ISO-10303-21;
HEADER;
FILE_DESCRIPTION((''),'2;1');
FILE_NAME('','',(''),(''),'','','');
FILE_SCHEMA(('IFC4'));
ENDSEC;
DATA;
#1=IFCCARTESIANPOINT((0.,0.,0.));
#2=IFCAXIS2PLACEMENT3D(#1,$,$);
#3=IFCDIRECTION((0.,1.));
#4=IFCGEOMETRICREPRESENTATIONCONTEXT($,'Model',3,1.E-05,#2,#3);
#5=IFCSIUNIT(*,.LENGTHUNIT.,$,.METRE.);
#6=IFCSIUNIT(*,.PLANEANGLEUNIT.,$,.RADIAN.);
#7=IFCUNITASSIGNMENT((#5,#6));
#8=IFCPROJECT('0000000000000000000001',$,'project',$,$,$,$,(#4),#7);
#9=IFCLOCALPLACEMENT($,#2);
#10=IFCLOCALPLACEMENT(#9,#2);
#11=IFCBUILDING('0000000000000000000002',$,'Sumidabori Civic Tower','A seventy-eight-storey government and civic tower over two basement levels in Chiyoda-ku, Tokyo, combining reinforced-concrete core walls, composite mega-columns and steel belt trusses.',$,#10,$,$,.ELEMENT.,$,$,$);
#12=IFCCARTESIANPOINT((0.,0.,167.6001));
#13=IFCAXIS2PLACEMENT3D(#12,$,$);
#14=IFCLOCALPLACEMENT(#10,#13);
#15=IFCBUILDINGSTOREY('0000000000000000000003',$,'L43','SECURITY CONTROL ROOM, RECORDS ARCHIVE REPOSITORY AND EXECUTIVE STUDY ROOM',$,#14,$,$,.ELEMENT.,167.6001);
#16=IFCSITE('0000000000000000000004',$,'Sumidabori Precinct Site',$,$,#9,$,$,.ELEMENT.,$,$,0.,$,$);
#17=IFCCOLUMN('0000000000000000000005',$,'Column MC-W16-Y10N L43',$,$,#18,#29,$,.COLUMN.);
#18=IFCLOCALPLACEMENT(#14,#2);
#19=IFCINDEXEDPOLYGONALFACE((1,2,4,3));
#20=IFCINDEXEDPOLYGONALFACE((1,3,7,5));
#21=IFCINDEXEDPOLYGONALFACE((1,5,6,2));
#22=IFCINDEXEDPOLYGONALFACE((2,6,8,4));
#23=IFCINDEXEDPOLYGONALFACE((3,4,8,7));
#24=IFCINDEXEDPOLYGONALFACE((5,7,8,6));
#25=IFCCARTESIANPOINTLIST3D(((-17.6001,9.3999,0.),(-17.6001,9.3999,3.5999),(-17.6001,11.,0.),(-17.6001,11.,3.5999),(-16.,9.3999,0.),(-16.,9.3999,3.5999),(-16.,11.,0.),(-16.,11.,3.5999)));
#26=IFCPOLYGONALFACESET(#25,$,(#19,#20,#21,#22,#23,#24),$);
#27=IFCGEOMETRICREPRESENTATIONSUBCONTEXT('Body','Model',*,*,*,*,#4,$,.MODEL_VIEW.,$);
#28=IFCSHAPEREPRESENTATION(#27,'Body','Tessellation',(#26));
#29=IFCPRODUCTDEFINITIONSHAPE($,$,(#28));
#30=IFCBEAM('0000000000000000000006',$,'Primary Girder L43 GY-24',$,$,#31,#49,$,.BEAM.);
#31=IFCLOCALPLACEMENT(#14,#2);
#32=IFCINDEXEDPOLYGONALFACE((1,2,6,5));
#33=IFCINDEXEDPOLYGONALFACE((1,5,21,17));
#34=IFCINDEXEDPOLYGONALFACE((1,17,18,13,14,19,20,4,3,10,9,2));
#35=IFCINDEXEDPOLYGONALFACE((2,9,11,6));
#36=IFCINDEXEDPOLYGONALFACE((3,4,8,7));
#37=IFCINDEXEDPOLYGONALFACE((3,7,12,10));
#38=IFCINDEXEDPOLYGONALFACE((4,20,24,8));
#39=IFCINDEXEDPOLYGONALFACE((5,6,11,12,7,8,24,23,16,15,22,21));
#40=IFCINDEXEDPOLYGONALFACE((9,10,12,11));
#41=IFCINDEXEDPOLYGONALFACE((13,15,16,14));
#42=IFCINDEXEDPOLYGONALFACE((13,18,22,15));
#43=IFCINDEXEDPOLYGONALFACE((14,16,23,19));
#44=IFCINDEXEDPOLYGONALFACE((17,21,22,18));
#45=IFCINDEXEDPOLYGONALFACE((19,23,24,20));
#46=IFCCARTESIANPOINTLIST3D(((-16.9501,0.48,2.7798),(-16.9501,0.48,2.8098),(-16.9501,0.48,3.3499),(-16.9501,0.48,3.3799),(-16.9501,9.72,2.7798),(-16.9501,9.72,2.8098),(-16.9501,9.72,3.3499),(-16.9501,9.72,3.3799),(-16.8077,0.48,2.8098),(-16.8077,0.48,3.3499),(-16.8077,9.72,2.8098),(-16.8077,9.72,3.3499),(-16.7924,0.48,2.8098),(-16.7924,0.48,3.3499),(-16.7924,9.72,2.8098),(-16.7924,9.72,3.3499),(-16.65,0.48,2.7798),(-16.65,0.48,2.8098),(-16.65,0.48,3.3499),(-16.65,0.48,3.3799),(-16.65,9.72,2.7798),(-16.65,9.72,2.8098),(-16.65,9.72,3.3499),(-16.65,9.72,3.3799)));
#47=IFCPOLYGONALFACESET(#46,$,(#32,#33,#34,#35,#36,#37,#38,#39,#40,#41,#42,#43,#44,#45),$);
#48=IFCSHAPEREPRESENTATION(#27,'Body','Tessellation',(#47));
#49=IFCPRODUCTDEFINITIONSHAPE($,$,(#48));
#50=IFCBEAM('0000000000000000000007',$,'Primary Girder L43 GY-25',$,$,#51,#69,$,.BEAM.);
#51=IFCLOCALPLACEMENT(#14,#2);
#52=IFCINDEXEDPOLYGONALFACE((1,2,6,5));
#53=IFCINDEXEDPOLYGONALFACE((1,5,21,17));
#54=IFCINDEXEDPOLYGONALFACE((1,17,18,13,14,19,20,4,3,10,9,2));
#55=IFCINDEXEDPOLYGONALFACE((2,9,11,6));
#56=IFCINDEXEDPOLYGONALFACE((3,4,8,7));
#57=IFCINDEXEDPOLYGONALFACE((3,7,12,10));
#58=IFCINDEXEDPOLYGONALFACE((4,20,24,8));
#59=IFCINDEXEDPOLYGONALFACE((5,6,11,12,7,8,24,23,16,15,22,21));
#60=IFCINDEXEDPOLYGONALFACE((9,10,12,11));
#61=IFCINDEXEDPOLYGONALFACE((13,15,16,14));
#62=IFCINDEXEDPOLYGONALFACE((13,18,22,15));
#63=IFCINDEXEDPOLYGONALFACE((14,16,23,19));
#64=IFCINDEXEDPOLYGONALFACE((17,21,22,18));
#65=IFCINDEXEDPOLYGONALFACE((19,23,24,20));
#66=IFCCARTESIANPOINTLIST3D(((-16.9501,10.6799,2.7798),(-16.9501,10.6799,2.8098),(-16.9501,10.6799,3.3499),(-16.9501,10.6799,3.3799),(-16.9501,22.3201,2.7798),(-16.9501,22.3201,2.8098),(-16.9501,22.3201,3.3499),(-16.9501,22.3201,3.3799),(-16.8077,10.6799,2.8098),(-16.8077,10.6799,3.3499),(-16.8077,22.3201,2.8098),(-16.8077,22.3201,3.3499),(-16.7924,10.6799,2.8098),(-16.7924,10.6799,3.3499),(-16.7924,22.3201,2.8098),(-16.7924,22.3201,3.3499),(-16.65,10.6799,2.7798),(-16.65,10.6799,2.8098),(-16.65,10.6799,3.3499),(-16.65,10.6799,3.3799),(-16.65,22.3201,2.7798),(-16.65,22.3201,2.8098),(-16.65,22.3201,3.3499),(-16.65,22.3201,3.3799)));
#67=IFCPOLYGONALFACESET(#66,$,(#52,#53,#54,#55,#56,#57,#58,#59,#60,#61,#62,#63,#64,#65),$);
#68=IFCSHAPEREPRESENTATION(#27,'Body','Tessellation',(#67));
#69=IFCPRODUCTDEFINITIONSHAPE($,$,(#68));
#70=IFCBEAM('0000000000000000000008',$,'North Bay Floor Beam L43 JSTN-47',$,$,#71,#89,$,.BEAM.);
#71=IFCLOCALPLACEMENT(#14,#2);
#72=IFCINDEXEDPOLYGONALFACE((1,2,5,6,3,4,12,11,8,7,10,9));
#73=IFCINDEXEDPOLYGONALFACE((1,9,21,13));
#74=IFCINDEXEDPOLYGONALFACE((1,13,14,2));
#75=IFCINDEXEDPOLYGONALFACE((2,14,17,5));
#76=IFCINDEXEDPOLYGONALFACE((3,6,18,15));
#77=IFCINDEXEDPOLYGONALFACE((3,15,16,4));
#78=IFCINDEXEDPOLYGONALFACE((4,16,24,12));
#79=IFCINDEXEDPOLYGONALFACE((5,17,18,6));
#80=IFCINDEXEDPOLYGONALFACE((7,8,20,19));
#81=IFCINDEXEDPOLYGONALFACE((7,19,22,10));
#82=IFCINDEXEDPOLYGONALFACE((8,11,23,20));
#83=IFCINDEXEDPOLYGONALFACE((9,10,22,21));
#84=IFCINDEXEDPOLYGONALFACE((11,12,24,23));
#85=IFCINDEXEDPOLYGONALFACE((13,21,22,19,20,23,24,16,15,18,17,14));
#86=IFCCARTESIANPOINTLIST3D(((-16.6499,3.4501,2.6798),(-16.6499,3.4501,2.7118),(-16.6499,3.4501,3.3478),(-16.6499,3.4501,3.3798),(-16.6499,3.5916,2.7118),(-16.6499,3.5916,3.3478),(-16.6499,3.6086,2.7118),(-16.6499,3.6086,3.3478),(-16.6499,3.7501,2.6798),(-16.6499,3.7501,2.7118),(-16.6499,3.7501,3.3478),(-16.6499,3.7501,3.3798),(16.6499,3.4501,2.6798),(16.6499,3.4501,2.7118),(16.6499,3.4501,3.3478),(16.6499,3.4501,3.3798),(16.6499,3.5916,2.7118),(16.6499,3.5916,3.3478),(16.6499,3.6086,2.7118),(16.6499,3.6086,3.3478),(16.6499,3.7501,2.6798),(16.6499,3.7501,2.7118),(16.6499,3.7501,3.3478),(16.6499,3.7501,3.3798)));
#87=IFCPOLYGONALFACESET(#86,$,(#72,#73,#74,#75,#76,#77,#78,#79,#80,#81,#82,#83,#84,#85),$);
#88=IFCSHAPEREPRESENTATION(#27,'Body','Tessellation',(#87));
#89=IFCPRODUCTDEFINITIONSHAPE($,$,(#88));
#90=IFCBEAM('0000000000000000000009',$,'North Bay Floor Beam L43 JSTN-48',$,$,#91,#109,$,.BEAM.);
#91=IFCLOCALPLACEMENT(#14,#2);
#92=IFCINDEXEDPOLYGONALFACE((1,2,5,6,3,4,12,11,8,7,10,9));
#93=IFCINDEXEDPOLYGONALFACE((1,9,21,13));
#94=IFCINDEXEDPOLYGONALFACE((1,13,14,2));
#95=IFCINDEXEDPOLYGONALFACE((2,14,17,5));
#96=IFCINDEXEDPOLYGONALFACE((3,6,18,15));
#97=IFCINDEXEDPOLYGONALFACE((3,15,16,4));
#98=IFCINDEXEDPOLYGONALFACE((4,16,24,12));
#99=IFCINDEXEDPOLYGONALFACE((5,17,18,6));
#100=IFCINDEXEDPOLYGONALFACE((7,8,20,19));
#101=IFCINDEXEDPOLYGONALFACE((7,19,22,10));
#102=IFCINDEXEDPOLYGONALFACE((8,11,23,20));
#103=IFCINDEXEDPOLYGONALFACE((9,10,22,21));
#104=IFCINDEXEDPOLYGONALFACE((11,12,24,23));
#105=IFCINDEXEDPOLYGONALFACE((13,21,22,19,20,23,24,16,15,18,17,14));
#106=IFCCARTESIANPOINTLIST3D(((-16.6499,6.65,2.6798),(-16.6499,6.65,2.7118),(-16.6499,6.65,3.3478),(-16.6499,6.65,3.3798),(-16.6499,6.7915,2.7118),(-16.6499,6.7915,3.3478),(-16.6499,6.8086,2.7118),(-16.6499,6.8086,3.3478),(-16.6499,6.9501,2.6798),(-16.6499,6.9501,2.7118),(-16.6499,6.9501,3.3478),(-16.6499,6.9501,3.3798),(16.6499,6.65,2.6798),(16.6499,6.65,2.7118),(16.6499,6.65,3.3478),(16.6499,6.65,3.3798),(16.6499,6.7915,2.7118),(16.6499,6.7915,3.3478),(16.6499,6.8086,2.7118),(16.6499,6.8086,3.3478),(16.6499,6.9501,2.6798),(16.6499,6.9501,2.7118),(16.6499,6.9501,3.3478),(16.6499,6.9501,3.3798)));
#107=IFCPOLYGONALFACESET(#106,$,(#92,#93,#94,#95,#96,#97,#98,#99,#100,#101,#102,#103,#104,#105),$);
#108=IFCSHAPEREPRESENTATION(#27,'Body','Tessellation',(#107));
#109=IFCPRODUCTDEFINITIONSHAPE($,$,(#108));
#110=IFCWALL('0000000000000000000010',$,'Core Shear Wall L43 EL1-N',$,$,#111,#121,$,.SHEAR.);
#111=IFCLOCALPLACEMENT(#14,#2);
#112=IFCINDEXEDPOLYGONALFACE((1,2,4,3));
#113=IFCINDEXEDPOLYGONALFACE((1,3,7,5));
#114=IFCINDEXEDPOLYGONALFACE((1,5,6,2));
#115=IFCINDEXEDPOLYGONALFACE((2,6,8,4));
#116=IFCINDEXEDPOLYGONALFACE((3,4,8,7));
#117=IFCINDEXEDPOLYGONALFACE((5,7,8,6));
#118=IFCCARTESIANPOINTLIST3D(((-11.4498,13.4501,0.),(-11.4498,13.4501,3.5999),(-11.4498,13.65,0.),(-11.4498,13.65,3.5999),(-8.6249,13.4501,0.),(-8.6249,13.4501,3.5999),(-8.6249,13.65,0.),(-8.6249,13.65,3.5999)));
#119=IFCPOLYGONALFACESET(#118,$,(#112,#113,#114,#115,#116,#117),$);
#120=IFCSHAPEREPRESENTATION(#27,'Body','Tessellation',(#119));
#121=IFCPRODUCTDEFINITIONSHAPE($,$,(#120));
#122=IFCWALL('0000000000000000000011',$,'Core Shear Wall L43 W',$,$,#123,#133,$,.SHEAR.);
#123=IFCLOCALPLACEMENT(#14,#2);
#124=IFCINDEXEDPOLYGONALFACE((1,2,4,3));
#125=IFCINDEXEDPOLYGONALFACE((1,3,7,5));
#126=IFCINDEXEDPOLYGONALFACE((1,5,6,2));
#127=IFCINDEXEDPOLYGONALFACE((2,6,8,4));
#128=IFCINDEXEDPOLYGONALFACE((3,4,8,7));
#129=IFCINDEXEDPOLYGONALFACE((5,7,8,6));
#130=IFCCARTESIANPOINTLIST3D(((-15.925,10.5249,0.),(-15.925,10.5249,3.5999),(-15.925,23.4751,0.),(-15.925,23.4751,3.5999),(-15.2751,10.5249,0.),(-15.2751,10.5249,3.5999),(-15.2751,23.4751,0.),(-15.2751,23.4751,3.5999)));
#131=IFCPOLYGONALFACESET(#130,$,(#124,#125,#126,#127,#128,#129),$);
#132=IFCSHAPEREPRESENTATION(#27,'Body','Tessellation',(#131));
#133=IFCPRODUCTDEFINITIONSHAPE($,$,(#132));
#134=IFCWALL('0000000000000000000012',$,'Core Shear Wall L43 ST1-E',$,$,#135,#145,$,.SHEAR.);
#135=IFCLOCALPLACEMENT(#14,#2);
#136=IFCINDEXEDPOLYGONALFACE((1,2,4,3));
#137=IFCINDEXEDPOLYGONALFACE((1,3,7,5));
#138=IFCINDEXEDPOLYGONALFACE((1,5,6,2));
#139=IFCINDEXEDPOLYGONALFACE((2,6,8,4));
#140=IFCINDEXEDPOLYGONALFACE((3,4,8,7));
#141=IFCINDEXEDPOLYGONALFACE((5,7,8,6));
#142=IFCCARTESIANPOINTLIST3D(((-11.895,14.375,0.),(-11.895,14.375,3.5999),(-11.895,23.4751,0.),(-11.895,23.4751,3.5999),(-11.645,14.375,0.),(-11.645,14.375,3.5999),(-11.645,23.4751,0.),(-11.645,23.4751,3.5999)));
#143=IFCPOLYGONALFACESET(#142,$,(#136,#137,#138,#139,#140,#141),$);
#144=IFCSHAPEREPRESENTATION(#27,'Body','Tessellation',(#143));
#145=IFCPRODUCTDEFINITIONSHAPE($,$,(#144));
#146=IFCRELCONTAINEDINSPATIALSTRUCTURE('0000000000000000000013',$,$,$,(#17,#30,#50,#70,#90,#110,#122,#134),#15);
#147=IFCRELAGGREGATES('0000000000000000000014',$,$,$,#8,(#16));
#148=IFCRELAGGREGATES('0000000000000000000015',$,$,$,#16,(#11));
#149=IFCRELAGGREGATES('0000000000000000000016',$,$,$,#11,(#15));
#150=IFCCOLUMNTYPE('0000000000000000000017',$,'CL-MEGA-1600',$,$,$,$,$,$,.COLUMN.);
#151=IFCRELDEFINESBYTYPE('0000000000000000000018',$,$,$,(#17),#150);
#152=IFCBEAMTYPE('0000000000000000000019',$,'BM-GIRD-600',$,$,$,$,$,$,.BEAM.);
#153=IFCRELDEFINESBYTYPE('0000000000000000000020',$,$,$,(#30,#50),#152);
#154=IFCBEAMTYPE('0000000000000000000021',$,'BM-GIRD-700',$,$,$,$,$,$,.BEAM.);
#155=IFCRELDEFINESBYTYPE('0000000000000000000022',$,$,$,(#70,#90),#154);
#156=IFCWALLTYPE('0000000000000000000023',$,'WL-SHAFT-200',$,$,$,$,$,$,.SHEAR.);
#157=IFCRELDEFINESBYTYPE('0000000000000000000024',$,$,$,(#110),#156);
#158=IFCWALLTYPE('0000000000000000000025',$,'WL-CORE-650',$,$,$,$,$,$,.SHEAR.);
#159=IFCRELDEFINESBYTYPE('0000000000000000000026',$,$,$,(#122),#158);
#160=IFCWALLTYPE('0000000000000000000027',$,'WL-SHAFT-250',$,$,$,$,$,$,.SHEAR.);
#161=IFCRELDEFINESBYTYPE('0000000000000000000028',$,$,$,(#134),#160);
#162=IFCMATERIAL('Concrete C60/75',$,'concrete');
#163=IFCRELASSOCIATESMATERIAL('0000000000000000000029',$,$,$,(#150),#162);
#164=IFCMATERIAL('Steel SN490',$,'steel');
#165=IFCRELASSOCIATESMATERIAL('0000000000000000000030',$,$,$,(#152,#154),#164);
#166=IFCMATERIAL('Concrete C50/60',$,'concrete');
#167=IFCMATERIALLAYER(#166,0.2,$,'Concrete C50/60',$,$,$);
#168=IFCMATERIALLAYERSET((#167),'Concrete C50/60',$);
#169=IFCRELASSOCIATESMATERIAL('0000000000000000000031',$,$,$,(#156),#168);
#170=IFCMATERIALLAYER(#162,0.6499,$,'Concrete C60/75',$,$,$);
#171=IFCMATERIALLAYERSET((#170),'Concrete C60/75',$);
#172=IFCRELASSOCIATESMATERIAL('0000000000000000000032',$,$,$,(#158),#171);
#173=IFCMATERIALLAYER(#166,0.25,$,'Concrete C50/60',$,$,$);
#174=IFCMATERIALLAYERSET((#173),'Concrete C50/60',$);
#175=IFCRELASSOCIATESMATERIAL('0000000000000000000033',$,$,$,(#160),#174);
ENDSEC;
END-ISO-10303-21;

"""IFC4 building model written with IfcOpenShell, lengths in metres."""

from ifc_helpers import new_model, si_unit, direction, frame, frame_2d, origin, origin_2d, place, context, subcontext, project, spatial, rectangle, i_section, extrude, source, transform, mapped, material, layer, layer_set, material_profile, profile_set, type_object, element, save


model = new_model("IFC4")

# Units and contexts
model_context = context("Model", 3, precision=1e-05, world=origin(), true_north=direction((0.0, 1.0)))
body_context = subcontext(model_context, "Body", "Model", "MODEL_VIEW")
ifc_project = project(units=[si_unit("LENGTHUNIT", "METRE"), si_unit("PLANEANGLEUNIT", "RADIAN")], contexts=[model_context])

# Site, building, storey
site_placement = place(None, origin())
site = spatial("IfcSite", under=ifc_project, at=site_placement, Name="Sumidabori Precinct Site", CompositionType="ELEMENT", RefElevation=0.0)
building_placement = place(site_placement, origin())
building = spatial("IfcBuilding", under=site, at=building_placement, Name="Sumidabori Civic Tower", Description="A seventy-eight-storey government and civic tower over two basement levels in Chiyoda-ku, Tokyo, combining reinforced-concrete core walls, composite mega-columns and steel belt trusses.", CompositionType="ELEMENT")
storey_placement = place(building_placement, frame((0.0, 0.0, 167.6001)))
storey = spatial("IfcBuildingStorey", under=building, at=storey_placement, Name="L43", Description="SECURITY CONTROL ROOM, RECORDS ARCHIVE REPOSITORY AND EXECUTIVE STUDY ROOM", CompositionType="ELEMENT", Elevation=167.6001)

# Column
ifc_material_1 = material(Name="Concrete C60/75", Category="concrete")
ifc_material_profile_1 = material_profile(ifc_material_1, rectangle(XDim=1.6001, YDim=1.6001, at=origin_2d()), Name="RC 1600x1600")
ifc_profile_set_1 = profile_set([ifc_material_profile_1], Name="Concrete C60/75")
column_type = type_object("IfcColumnType", Name="CL-MEGA-1600", PredefinedType="COLUMN", material=ifc_profile_set_1)
shared_shape_1 = source(origin(), body_context, "Body", "SweptSolid", [
    extrude(rectangle(XDim=1.6001, YDim=1.6001, at=origin_2d()), origin(), (0.0, 0.0, 1.0), 3.5999),
])
column_placement = place(storey_placement, frame((-16.8, 10.2, 0.0), z_axis=(0.0, 0.0, 1.0), x_axis=(1.0, 0.0, 0.0)))
element("IfcColumn", 1, at=column_placement, inside=storey, type_object=column_type, Name="Column MC-W16-Y10N L43", PredefinedType="COLUMN", context=body_context, shape_type="MappedRepresentation", body=[
    mapped(shared_shape_1, transform((0.0, 0.0, 0.0), x_axis=(1.0, 0.0, 0.0), y_axis=(0.0, 1.0, 0.0), z_axis=(0.0, 0.0, 1.0), scale=1.0)),
])

# Beams
ifc_material_2 = material(Name="Steel SN490", Category="steel")
ifc_material_profile_2 = material_profile(ifc_material_2, i_section(OverallWidth=0.3, OverallDepth=0.6001, WebThickness=0.0154, FlangeThickness=0.03, at=origin_2d()), Name="HE 600 B")
ifc_profile_set_2 = profile_set([ifc_material_profile_2], Name="Steel SN490")
beam_type_1 = type_object("IfcBeamType", Name="BM-GIRD-600", PredefinedType="BEAM", material=ifc_profile_set_2)
shared_shape_2 = source(origin(), body_context, "Body", "SweptSolid", [
    extrude(i_section(OverallWidth=0.3, OverallDepth=0.6001, WebThickness=0.0154, FlangeThickness=0.03, at=origin_2d()), origin(), (0.0, 0.0, 1.0), 9.24),
])
beam_1_placement = place(storey_placement, frame((-16.8, 0.48, 3.0798), z_axis=(0.0, 1.0, 0.0), x_axis=(-1.0, 0.0, 0.0)))
element("IfcBeam", 2, at=beam_1_placement, inside=storey, type_object=beam_type_1, Name="Primary Girder L43 GY-24", PredefinedType="BEAM", context=body_context, shape_type="MappedRepresentation", body=[
    mapped(shared_shape_2, transform((0.0, 0.0, 0.0), x_axis=(1.0, 0.0, 0.0), y_axis=(0.0, 1.0, 0.0), z_axis=(0.0, 0.0, 1.0), scale=1.0)),
])
shared_shape_3 = source(origin(), body_context, "Body", "SweptSolid", [
    extrude(i_section(OverallWidth=0.3, OverallDepth=0.6001, WebThickness=0.0154, FlangeThickness=0.03, at=origin_2d()), origin(), (0.0, 0.0, 1.0), 11.6401),
])
beam_2_placement = place(storey_placement, frame((-16.8, 10.6799, 3.0798), z_axis=(0.0, 1.0, 0.0), x_axis=(-1.0, 0.0, 0.0)))
element("IfcBeam", 3, at=beam_2_placement, inside=storey, type_object=beam_type_1, Name="Primary Girder L43 GY-25", PredefinedType="BEAM", context=body_context, shape_type="MappedRepresentation", body=[
    mapped(shared_shape_3, transform((0.0, 0.0, 0.0), x_axis=(1.0, 0.0, 0.0), y_axis=(0.0, 1.0, 0.0), z_axis=(0.0, 0.0, 1.0), scale=1.0)),
])
ifc_material_profile_3 = material_profile(ifc_material_2, i_section(OverallWidth=0.3, OverallDepth=0.7, WebThickness=0.0171, FlangeThickness=0.032, at=origin_2d()), Name="HE 700 B")
ifc_profile_set_3 = profile_set([ifc_material_profile_3], Name="Steel SN490")
beam_type_2 = type_object("IfcBeamType", Name="BM-GIRD-700", PredefinedType="BEAM", material=ifc_profile_set_3)
shared_shape_4 = source(origin(), body_context, "Body", "SweptSolid", [
    extrude(i_section(OverallWidth=0.3, OverallDepth=0.7, WebThickness=0.0171, FlangeThickness=0.032, at=origin_2d()), origin(), (0.0, 0.0, 1.0), 33.2998),
])
for number, where, z_axis, x_axis, name in (
    (4, (-16.6499, 3.6001, 3.0298), (1.0, 0.0, 0.0), (0.0, 1.0, 0.0), "North Bay Floor Beam L43 JSTN-47"),
    (5, (-16.6499, 6.8, 3.0298), (1.0, 0.0, 0.0), (0.0, 1.0, 0.0), "North Bay Floor Beam L43 JSTN-48"),
):
    element("IfcBeam", number, at=place(storey_placement, frame(where, z_axis=z_axis, x_axis=x_axis)), inside=storey, type_object=beam_type_2, Name=name, PredefinedType="BEAM", context=body_context, shape_type="MappedRepresentation", body=[
        mapped(shared_shape_4, transform((0.0, 0.0, 0.0), x_axis=(1.0, 0.0, 0.0), y_axis=(0.0, 1.0, 0.0), z_axis=(0.0, 0.0, 1.0), scale=1.0)),
    ])

# Wall
ifc_material_3 = material(Name="Concrete C50/60", Category="concrete")
ifc_layer_1 = layer(ifc_material_3, 0.2, Name="Concrete C50/60")
ifc_layer_set_1 = layer_set([ifc_layer_1], Name="Concrete C50/60")
wall_type_1 = type_object("IfcWallType", Name="WL-SHAFT-200", PredefinedType="SHEAR", material=ifc_layer_set_1)
shared_shape_5 = source(origin(), body_context, "Body", "SweptSolid", [
    extrude(rectangle(XDim=2.825, YDim=0.2, at=frame_2d((1.4126, 0.0))), origin(), (0.0, 0.0, 1.0), 3.5999),
])
wall_1_placement = place(storey_placement, frame((-11.45, 13.55, 0.0), z_axis=(0.0, 0.0, 1.0), x_axis=(1.0, 0.0, 0.0)))
element("IfcWall", 6, at=wall_1_placement, inside=storey, type_object=wall_type_1, Name="Core Shear Wall L43 EL1-N", PredefinedType="SHEAR", context=body_context, shape_type="MappedRepresentation", body=[
    mapped(shared_shape_5, transform((0.0, 0.0, 0.0), x_axis=(1.0, 0.0, 0.0), y_axis=(0.0, 1.0, 0.0), z_axis=(0.0, 0.0, 1.0), scale=1.0)),
])

# Shared definitions
ifc_layer_2 = layer(ifc_material_1, 0.6499, Name="Concrete C60/75")
ifc_layer_set_2 = layer_set([ifc_layer_2], Name="Concrete C60/75")
wall_type_2 = type_object("IfcWallType", Name="WL-CORE-650", PredefinedType="SHEAR", material=ifc_layer_set_2)

# Wall
shared_shape_6 = source(origin(), body_context, "Body", "SweptSolid", [
    extrude(rectangle(XDim=12.9502, YDim=0.6499, at=frame_2d((6.4751, 0.0))), origin(), (0.0, 0.0, 1.0), 3.5999),
])
wall_2_placement = place(storey_placement, frame((-15.6001, 10.5249, 0.0), z_axis=(0.0, 0.0, 1.0), x_axis=(0.0, 1.0, 0.0)))
element("IfcWall", 7, at=wall_2_placement, inside=storey, type_object=wall_type_2, Name="Core Shear Wall L43 W", PredefinedType="SHEAR", context=body_context, shape_type="MappedRepresentation", body=[
    mapped(shared_shape_6, transform((0.0, 0.0, 0.0), x_axis=(1.0, 0.0, 0.0), y_axis=(0.0, 1.0, 0.0), z_axis=(0.0, 0.0, 1.0), scale=1.0)),
])

# Shared definitions
ifc_layer_3 = layer(ifc_material_3, 0.25, Name="Concrete C50/60")
ifc_layer_set_3 = layer_set([ifc_layer_3], Name="Concrete C50/60")
wall_type_3 = type_object("IfcWallType", Name="WL-SHAFT-250", PredefinedType="SHEAR", material=ifc_layer_set_3)

# Wall
shared_shape_7 = source(origin(), body_context, "Body", "SweptSolid", [
    extrude(rectangle(XDim=9.1001, YDim=0.25, at=frame_2d((4.55, 0.0))), origin(), (0.0, 0.0, 1.0), 3.5999),
])
wall_3_placement = place(storey_placement, frame((-11.77, 14.375, 0.0), z_axis=(0.0, 0.0, 1.0), x_axis=(0.0, 1.0, 0.0)))
element("IfcWall", 8, at=wall_3_placement, inside=storey, type_object=wall_type_3, Name="Core Shear Wall L43 ST1-E", PredefinedType="SHEAR", context=body_context, shape_type="MappedRepresentation", body=[
    mapped(shared_shape_7, transform((0.0, 0.0, 0.0), x_axis=(1.0, 0.0, 0.0), y_axis=(0.0, 1.0, 0.0), z_axis=(0.0, 0.0, 1.0), scale=1.0)),
])

save(model, "model.ifc")
